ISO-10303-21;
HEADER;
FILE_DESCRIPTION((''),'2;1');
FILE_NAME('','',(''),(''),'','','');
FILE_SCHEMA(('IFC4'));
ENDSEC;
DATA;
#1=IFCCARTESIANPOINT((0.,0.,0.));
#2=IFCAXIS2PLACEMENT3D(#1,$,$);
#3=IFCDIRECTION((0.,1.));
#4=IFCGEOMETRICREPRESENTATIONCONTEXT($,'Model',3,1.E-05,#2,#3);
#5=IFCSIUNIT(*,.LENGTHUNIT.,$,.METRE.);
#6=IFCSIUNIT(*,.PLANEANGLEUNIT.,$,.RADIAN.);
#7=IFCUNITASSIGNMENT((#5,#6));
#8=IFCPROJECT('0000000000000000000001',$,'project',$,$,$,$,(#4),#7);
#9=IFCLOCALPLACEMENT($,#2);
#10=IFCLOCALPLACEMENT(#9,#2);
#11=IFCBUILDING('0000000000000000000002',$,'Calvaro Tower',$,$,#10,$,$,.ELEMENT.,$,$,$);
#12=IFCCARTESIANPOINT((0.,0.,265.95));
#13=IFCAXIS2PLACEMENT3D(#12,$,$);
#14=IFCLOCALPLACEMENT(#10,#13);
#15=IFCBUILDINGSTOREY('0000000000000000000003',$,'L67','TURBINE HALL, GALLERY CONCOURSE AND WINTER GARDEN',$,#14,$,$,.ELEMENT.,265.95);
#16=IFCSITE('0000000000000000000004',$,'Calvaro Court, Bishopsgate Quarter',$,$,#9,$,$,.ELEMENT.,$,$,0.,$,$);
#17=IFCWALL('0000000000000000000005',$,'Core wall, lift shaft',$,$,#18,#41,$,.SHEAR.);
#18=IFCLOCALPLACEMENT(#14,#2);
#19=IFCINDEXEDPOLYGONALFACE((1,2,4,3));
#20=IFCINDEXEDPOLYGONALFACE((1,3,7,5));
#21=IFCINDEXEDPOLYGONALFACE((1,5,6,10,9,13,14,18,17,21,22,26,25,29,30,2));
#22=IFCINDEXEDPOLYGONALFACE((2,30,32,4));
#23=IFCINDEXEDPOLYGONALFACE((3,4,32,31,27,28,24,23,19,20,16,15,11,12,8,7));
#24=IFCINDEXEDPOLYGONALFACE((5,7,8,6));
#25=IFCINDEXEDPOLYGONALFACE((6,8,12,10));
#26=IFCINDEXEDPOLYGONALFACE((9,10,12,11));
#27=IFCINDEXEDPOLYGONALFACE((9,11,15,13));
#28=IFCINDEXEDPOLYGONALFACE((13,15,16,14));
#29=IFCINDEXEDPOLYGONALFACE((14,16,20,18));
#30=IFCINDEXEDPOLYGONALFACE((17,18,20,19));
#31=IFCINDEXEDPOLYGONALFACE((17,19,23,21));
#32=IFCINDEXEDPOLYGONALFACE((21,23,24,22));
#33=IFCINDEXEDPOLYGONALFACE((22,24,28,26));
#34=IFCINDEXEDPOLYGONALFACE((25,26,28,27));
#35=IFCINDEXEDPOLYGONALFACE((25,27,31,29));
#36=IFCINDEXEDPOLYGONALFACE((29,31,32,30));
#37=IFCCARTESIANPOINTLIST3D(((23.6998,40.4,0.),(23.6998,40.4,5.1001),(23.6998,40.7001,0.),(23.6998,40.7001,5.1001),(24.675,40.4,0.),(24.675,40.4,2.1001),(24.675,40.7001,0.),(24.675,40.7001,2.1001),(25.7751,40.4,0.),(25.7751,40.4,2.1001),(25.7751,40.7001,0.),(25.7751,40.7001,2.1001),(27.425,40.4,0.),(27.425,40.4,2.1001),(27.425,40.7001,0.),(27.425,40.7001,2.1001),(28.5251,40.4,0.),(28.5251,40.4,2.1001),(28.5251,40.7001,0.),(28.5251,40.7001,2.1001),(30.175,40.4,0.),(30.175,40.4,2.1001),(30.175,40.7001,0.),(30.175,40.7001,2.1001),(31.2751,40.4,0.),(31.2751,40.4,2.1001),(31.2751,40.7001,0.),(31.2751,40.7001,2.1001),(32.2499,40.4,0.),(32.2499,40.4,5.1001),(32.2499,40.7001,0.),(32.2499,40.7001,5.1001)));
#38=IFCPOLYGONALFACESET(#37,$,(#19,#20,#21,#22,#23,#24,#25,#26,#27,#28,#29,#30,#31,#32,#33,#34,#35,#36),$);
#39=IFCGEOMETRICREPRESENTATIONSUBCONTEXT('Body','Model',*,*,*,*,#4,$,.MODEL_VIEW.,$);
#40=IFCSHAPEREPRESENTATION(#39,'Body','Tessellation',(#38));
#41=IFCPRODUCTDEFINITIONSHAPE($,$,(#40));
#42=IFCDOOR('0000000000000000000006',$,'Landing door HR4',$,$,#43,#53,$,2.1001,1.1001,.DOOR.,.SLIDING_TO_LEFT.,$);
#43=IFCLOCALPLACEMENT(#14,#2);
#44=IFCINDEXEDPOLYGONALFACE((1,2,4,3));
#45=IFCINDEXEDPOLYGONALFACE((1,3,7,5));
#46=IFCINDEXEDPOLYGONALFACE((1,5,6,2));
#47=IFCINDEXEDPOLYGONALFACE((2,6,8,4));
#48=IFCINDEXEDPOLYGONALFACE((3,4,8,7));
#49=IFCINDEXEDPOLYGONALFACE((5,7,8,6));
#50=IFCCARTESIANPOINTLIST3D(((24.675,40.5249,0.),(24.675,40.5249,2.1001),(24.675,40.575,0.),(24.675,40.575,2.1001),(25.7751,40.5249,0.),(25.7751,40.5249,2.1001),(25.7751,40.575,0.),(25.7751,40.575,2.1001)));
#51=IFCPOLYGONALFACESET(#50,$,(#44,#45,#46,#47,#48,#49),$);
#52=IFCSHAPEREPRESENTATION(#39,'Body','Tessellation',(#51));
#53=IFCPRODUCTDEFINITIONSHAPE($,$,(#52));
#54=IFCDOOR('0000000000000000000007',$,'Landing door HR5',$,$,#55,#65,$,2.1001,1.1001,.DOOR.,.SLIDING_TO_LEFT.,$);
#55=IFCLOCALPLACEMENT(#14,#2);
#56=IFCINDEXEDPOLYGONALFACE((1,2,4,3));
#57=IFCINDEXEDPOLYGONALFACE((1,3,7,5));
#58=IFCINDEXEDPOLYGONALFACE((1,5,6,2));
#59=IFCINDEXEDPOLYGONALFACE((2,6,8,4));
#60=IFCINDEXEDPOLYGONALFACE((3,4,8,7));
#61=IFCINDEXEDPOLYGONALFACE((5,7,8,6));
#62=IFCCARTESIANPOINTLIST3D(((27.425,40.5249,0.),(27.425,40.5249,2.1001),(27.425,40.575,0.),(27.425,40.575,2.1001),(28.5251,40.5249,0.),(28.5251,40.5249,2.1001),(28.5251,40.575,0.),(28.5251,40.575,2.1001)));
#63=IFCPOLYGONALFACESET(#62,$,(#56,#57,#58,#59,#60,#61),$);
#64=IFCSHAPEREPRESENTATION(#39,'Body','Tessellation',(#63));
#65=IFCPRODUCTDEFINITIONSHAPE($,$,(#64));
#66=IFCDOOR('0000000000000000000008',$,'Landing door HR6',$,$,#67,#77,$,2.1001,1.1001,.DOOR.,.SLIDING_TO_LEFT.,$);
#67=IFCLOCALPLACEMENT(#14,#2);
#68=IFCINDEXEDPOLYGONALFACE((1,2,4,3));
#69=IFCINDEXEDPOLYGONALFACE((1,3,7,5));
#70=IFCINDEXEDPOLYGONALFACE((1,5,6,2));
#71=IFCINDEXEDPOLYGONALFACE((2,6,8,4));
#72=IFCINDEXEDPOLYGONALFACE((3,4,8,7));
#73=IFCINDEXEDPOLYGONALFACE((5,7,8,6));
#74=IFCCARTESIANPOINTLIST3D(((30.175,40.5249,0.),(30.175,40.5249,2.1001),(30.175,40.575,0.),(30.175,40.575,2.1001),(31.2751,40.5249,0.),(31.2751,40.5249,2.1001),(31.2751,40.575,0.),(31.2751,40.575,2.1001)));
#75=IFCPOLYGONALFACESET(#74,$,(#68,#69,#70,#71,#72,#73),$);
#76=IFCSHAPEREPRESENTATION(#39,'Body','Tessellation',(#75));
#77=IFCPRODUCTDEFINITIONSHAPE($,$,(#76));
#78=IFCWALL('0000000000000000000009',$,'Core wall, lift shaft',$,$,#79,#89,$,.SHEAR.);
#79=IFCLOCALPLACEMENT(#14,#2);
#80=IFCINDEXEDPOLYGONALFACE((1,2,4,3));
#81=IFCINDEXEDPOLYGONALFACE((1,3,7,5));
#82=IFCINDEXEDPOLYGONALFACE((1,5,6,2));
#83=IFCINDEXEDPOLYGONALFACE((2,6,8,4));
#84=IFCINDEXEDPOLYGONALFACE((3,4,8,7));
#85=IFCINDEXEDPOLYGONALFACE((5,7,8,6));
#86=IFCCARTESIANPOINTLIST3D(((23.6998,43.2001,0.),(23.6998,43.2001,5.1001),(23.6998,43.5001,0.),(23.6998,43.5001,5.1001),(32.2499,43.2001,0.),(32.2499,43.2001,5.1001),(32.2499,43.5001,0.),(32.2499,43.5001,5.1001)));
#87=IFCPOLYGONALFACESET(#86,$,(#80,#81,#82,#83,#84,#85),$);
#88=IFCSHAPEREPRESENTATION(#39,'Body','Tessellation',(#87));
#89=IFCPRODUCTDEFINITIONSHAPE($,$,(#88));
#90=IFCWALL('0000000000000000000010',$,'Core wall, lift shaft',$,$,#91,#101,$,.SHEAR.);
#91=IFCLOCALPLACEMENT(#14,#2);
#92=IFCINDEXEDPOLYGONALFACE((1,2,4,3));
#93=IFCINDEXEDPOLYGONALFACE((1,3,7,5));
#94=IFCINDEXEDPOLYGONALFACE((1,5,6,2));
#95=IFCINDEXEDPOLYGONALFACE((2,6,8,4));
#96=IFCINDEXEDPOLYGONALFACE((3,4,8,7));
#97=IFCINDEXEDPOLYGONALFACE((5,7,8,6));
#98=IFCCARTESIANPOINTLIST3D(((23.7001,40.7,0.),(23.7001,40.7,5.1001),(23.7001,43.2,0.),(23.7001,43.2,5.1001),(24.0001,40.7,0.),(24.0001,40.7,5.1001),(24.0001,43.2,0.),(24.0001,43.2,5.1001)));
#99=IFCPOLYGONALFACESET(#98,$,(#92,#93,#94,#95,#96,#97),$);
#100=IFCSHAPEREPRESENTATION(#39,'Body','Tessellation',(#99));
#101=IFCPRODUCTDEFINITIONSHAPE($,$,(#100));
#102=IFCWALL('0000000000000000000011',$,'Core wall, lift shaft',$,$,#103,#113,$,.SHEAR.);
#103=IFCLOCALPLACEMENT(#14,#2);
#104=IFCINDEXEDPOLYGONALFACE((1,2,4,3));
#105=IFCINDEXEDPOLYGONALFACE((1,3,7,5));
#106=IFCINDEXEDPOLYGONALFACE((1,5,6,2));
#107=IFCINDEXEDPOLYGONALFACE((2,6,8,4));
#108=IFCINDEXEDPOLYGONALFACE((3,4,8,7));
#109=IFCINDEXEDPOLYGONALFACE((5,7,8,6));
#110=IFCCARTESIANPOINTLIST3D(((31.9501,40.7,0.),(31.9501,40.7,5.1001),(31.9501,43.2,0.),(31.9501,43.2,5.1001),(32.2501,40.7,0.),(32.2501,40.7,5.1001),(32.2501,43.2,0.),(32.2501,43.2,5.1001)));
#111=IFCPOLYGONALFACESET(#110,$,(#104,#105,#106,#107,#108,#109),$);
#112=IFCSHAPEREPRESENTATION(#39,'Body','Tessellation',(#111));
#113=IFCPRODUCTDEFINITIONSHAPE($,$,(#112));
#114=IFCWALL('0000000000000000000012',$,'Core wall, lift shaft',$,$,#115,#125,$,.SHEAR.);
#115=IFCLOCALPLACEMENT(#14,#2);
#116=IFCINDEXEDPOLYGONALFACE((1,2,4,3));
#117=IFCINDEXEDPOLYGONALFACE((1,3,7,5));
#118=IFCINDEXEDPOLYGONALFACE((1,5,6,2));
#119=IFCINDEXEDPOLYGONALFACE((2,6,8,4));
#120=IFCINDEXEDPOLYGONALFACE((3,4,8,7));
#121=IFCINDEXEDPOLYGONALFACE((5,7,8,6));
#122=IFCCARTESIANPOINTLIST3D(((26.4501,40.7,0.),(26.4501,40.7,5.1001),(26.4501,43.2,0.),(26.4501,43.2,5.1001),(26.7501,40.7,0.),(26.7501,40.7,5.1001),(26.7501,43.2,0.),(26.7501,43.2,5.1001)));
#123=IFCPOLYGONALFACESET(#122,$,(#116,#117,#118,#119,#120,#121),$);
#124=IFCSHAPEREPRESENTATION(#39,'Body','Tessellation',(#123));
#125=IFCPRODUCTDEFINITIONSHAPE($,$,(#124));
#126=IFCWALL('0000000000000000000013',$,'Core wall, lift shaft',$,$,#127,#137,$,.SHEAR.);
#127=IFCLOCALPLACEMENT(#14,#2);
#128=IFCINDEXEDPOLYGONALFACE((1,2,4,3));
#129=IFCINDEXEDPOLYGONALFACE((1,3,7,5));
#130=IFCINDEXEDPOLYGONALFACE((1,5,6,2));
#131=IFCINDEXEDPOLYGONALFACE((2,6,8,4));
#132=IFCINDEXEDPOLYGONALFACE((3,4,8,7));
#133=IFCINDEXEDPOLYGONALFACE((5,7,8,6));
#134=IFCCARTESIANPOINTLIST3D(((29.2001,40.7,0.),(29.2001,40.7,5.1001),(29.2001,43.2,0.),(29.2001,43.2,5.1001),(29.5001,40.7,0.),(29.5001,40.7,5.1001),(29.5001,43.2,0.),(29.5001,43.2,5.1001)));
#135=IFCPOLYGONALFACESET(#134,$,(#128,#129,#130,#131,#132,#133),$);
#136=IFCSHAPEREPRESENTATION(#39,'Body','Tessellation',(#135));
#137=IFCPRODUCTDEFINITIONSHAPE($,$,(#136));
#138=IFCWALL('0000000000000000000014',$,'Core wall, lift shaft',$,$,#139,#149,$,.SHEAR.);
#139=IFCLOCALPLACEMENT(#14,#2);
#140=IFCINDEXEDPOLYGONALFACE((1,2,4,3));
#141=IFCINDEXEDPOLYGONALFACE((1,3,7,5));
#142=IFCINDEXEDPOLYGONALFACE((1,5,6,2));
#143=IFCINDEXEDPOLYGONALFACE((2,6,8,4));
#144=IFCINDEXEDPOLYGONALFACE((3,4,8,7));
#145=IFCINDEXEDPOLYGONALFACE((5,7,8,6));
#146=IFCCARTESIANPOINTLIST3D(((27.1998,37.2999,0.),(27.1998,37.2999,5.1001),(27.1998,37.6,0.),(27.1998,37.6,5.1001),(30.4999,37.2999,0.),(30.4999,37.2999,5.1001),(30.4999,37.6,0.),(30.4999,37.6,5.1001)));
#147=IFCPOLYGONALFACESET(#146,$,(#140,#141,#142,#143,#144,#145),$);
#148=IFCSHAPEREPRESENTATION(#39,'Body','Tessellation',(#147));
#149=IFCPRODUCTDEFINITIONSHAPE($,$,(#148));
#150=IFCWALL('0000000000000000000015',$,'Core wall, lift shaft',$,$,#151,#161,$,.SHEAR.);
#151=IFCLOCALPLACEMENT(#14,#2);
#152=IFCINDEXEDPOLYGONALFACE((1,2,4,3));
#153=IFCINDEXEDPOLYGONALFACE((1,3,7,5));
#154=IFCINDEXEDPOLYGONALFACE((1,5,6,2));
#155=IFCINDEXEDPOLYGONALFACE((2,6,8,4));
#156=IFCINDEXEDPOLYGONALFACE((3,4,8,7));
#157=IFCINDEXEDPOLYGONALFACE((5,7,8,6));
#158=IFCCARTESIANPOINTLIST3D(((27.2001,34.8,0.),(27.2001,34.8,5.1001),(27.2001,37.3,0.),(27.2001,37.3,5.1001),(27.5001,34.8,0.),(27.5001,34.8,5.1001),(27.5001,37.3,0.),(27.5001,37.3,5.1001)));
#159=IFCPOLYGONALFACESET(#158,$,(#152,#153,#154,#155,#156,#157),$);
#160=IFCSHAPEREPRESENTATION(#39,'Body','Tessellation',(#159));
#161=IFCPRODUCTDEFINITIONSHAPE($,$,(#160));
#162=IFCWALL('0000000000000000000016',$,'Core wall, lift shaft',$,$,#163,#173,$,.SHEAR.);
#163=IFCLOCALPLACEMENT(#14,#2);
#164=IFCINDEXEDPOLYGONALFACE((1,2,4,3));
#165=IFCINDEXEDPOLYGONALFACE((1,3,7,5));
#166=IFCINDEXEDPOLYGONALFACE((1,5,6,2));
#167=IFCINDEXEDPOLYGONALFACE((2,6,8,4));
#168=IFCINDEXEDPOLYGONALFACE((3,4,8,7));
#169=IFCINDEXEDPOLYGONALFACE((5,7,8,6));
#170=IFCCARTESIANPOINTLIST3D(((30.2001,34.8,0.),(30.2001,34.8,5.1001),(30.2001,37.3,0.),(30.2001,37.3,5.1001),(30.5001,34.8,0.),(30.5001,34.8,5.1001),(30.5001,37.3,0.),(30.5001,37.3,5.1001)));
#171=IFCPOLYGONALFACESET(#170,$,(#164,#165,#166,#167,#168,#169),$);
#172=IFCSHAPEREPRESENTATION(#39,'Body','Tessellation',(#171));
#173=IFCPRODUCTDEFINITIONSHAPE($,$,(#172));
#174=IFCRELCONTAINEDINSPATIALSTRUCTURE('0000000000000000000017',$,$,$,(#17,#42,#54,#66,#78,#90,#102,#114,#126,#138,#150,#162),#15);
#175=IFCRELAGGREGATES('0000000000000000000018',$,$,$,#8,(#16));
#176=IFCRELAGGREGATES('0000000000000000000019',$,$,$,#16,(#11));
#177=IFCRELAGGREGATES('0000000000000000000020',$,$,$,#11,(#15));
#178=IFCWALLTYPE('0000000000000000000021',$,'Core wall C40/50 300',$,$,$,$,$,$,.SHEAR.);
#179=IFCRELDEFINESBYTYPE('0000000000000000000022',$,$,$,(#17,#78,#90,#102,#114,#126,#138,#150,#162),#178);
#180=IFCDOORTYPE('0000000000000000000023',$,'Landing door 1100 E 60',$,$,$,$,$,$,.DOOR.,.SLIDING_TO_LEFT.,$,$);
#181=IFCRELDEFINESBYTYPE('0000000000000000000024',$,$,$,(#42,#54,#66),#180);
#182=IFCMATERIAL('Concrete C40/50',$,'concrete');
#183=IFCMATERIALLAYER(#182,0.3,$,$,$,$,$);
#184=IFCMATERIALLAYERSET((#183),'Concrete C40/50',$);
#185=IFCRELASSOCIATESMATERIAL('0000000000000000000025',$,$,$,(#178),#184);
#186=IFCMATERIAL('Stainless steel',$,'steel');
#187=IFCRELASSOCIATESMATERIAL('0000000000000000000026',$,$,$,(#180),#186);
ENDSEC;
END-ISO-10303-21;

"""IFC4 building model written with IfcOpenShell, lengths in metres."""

from ifc_helpers import new_model, si_unit, direction, frame, frame_2d, origin, place, context, subcontext, project, spatial, rectangle, extrude, material, layer, layer_set, type_object, element, fill, save


model = new_model("IFC4")

# Units and contexts
model_context = context("Model", 3, precision=1e-05, world=origin(), true_north=direction((0.0, 1.0)))
body_context = subcontext(model_context, "Body", "Model", "MODEL_VIEW")
ifc_project = project(units=[si_unit("LENGTHUNIT", "METRE"), si_unit("PLANEANGLEUNIT", "RADIAN")], contexts=[model_context])

# Site, building, storey
site_placement = place(None, origin())
site = spatial("IfcSite", under=ifc_project, at=site_placement, Name="Calvaro Court, Bishopsgate Quarter", CompositionType="ELEMENT", RefElevation=0.0)
building_placement = place(site_placement, origin())
building = spatial("IfcBuilding", under=site, at=building_placement, Name="Calvaro Tower", CompositionType="ELEMENT")
storey_placement = place(building_placement, frame((0.0, 0.0, 265.95)))
storey = spatial("IfcBuildingStorey", under=building, at=storey_placement, Name="L67", Description="TURBINE HALL, GALLERY CONCOURSE AND WINTER GARDEN", CompositionType="ELEMENT", Elevation=265.95)

# Shared definitions
ifc_material_1 = material(Name="Concrete C40/50", Category="concrete")
ifc_layer_1 = layer(ifc_material_1, 0.3)
ifc_layer_set_1 = layer_set([ifc_layer_1], Name="Concrete C40/50")
wall_type_1 = type_object("IfcWallType", Name="Core wall C40/50 300", PredefinedType="SHEAR", material=ifc_layer_set_1)
ifc_material_2 = material(Name="Stainless steel", Category="steel")
door_type_1 = type_object("IfcDoorType", Name="Landing door 1100 E 60", OperationType="SLIDING_TO_LEFT", PredefinedType="DOOR", material=ifc_material_2)

# Wall, openings, doors
wall_1_placement = place(storey_placement, frame((23.7, 40.55, 0.0), z_axis=(0.0, 0.0, 1.0), x_axis=(1.0, 0.0, 0.0)))
wall_1 = element("IfcWall", 1, at=wall_1_placement, inside=storey, type_object=wall_type_1, Name="Core wall, lift shaft", PredefinedType="SHEAR", context=body_context, shape_type="SweptSolid", body=[
    extrude(rectangle(XDim=8.55, YDim=0.3, at=frame_2d((4.2749, 0.0))), origin(), (0.0, 0.0, 1.0), 5.1001),
])
opening_1_placement = place(wall_1_placement, frame((0.9751, 0.0, 0.0)))
opening_1 = element("IfcOpeningElement", 2, at=opening_1_placement, cuts=wall_1, PredefinedType="OPENING", context=body_context, shape_type="SweptSolid", body=[
    extrude(rectangle(XDim=1.1001, YDim=2.1001, at=frame_2d((0.55, 1.05))), frame((0.0, 0.1599, 0.0), z_axis=(0.0, -1.0, 0.0), x_axis=(1.0, 0.0, 0.0)), (0.0, 0.0, 1.0), 0.3201),
])
opening_2_placement = place(wall_1_placement, frame((3.7251, 0.0, 0.0)))
opening_2 = element("IfcOpeningElement", 3, at=opening_2_placement, cuts=wall_1, PredefinedType="OPENING", context=body_context, shape_type="SweptSolid", body=[
    extrude(rectangle(XDim=1.1001, YDim=2.1001, at=frame_2d((0.55, 1.05))), frame((0.0, 0.1599, 0.0), z_axis=(0.0, -1.0, 0.0), x_axis=(1.0, 0.0, 0.0)), (0.0, 0.0, 1.0), 0.3201),
])
opening_3_placement = place(wall_1_placement, frame((6.4751, 0.0, 0.0)))
opening_3 = element("IfcOpeningElement", 4, at=opening_3_placement, cuts=wall_1, PredefinedType="OPENING", context=body_context, shape_type="SweptSolid", body=[
    extrude(rectangle(XDim=1.1001, YDim=2.1001, at=frame_2d((0.55, 1.05))), frame((0.0, 0.1599, 0.0), z_axis=(0.0, -1.0, 0.0), x_axis=(1.0, 0.0, 0.0)), (0.0, 0.0, 1.0), 0.3201),
])
door_1_placement = place(opening_1_placement, origin())
door_1 = element("IfcDoor", 5, at=door_1_placement, inside=storey, type_object=door_type_1, Name="Landing door HR4", OperationType="SLIDING_TO_LEFT", OverallHeight=2.1001, OverallWidth=1.1001, PredefinedType="DOOR", context=body_context, shape_type="SweptSolid", body=[
    extrude(rectangle(XDim=1.1001, YDim=2.1001, at=frame_2d((0.55, 1.05))), frame((0.0, 0.0249, 0.0), z_axis=(0.0, -1.0, 0.0), x_axis=(1.0, 0.0, 0.0)), (0.0, 0.0, 1.0), 0.05),
])
fill(opening_1, door_1)
door_2_placement = place(opening_2_placement, origin())
door_2 = element("IfcDoor", 6, at=door_2_placement, inside=storey, type_object=door_type_1, Name="Landing door HR5", OperationType="SLIDING_TO_LEFT", OverallHeight=2.1001, OverallWidth=1.1001, PredefinedType="DOOR", context=body_context, shape_type="SweptSolid", body=[
    extrude(rectangle(XDim=1.1001, YDim=2.1001, at=frame_2d((0.55, 1.05))), frame((0.0, 0.0249, 0.0), z_axis=(0.0, -1.0, 0.0), x_axis=(1.0, 0.0, 0.0)), (0.0, 0.0, 1.0), 0.05),
])
fill(opening_2, door_2)
door_3_placement = place(opening_3_placement, origin())
door_3 = element("IfcDoor", 7, at=door_3_placement, inside=storey, type_object=door_type_1, Name="Landing door HR6", OperationType="SLIDING_TO_LEFT", OverallHeight=2.1001, OverallWidth=1.1001, PredefinedType="DOOR", context=body_context, shape_type="SweptSolid", body=[
    extrude(rectangle(XDim=1.1001, YDim=2.1001, at=frame_2d((0.55, 1.05))), frame((0.0, 0.0249, 0.0), z_axis=(0.0, -1.0, 0.0), x_axis=(1.0, 0.0, 0.0)), (0.0, 0.0, 1.0), 0.05),
])
fill(opening_3, door_3)

# Walls
wall_2_placement = place(storey_placement, frame((23.7, 43.3501, 0.0), z_axis=(0.0, 0.0, 1.0), x_axis=(1.0, 0.0, 0.0)))
element("IfcWall", 8, at=wall_2_placement, inside=storey, type_object=wall_type_1, Name="Core wall, lift shaft", PredefinedType="SHEAR", context=body_context, shape_type="SweptSolid", body=[
    extrude(rectangle(XDim=8.55, YDim=0.3, at=frame_2d((4.2749, 0.0))), origin(), (0.0, 0.0, 1.0), 5.1001),
])
for number, where, z_axis, x_axis, name in (
    (9, (23.8501, 40.7, 0.0), (0.0, 0.0, 1.0), (0.0, 1.0, 0.0), "Core wall, lift shaft"),
    (10, (32.1001, 40.7, 0.0), (0.0, 0.0, 1.0), (0.0, 1.0, 0.0), "Core wall, lift shaft"),
    (11, (26.6001, 40.7, 0.0), (0.0, 0.0, 1.0), (0.0, 1.0, 0.0), "Core wall, lift shaft"),
    (12, (29.3501, 40.7, 0.0), (0.0, 0.0, 1.0), (0.0, 1.0, 0.0), "Core wall, lift shaft"),
):
    element("IfcWall", number, at=place(storey_placement, frame(where, z_axis=z_axis, x_axis=x_axis)), inside=storey, type_object=wall_type_1, Name=name, PredefinedType="SHEAR", context=body_context, shape_type="SweptSolid", body=[
        extrude(rectangle(XDim=2.5, YDim=0.3, at=frame_2d((1.25, 0.0))), origin(), (0.0, 0.0, 1.0), 5.1001),
    ])
wall_3_placement = place(storey_placement, frame((27.2, 37.45, 0.0), z_axis=(0.0, 0.0, 1.0), x_axis=(1.0, 0.0, 0.0)))
element("IfcWall", 13, at=wall_3_placement, inside=storey, type_object=wall_type_1, Name="Core wall, lift shaft", PredefinedType="SHEAR", context=body_context, shape_type="SweptSolid", body=[
    extrude(rectangle(XDim=3.3, YDim=0.3, at=frame_2d((1.6499, 0.0))), origin(), (0.0, 0.0, 1.0), 5.1001),
])
for number, where, z_axis, x_axis, name in (
    (14, (27.3501, 34.8, 0.0), (0.0, 0.0, 1.0), (0.0, 1.0, 0.0), "Core wall, lift shaft"),
    (15, (30.3501, 34.8, 0.0), (0.0, 0.0, 1.0), (0.0, 1.0, 0.0), "Core wall, lift shaft"),
):
    element("IfcWall", number, at=place(storey_placement, frame(where, z_axis=z_axis, x_axis=x_axis)), inside=storey, type_object=wall_type_1, Name=name, PredefinedType="SHEAR", context=body_context, shape_type="SweptSolid", body=[
        extrude(rectangle(XDim=2.5, YDim=0.3, at=frame_2d((1.25, 0.0))), origin(), (0.0, 0.0, 1.0), 5.1001),
    ])

save(model, "model.ifc")
